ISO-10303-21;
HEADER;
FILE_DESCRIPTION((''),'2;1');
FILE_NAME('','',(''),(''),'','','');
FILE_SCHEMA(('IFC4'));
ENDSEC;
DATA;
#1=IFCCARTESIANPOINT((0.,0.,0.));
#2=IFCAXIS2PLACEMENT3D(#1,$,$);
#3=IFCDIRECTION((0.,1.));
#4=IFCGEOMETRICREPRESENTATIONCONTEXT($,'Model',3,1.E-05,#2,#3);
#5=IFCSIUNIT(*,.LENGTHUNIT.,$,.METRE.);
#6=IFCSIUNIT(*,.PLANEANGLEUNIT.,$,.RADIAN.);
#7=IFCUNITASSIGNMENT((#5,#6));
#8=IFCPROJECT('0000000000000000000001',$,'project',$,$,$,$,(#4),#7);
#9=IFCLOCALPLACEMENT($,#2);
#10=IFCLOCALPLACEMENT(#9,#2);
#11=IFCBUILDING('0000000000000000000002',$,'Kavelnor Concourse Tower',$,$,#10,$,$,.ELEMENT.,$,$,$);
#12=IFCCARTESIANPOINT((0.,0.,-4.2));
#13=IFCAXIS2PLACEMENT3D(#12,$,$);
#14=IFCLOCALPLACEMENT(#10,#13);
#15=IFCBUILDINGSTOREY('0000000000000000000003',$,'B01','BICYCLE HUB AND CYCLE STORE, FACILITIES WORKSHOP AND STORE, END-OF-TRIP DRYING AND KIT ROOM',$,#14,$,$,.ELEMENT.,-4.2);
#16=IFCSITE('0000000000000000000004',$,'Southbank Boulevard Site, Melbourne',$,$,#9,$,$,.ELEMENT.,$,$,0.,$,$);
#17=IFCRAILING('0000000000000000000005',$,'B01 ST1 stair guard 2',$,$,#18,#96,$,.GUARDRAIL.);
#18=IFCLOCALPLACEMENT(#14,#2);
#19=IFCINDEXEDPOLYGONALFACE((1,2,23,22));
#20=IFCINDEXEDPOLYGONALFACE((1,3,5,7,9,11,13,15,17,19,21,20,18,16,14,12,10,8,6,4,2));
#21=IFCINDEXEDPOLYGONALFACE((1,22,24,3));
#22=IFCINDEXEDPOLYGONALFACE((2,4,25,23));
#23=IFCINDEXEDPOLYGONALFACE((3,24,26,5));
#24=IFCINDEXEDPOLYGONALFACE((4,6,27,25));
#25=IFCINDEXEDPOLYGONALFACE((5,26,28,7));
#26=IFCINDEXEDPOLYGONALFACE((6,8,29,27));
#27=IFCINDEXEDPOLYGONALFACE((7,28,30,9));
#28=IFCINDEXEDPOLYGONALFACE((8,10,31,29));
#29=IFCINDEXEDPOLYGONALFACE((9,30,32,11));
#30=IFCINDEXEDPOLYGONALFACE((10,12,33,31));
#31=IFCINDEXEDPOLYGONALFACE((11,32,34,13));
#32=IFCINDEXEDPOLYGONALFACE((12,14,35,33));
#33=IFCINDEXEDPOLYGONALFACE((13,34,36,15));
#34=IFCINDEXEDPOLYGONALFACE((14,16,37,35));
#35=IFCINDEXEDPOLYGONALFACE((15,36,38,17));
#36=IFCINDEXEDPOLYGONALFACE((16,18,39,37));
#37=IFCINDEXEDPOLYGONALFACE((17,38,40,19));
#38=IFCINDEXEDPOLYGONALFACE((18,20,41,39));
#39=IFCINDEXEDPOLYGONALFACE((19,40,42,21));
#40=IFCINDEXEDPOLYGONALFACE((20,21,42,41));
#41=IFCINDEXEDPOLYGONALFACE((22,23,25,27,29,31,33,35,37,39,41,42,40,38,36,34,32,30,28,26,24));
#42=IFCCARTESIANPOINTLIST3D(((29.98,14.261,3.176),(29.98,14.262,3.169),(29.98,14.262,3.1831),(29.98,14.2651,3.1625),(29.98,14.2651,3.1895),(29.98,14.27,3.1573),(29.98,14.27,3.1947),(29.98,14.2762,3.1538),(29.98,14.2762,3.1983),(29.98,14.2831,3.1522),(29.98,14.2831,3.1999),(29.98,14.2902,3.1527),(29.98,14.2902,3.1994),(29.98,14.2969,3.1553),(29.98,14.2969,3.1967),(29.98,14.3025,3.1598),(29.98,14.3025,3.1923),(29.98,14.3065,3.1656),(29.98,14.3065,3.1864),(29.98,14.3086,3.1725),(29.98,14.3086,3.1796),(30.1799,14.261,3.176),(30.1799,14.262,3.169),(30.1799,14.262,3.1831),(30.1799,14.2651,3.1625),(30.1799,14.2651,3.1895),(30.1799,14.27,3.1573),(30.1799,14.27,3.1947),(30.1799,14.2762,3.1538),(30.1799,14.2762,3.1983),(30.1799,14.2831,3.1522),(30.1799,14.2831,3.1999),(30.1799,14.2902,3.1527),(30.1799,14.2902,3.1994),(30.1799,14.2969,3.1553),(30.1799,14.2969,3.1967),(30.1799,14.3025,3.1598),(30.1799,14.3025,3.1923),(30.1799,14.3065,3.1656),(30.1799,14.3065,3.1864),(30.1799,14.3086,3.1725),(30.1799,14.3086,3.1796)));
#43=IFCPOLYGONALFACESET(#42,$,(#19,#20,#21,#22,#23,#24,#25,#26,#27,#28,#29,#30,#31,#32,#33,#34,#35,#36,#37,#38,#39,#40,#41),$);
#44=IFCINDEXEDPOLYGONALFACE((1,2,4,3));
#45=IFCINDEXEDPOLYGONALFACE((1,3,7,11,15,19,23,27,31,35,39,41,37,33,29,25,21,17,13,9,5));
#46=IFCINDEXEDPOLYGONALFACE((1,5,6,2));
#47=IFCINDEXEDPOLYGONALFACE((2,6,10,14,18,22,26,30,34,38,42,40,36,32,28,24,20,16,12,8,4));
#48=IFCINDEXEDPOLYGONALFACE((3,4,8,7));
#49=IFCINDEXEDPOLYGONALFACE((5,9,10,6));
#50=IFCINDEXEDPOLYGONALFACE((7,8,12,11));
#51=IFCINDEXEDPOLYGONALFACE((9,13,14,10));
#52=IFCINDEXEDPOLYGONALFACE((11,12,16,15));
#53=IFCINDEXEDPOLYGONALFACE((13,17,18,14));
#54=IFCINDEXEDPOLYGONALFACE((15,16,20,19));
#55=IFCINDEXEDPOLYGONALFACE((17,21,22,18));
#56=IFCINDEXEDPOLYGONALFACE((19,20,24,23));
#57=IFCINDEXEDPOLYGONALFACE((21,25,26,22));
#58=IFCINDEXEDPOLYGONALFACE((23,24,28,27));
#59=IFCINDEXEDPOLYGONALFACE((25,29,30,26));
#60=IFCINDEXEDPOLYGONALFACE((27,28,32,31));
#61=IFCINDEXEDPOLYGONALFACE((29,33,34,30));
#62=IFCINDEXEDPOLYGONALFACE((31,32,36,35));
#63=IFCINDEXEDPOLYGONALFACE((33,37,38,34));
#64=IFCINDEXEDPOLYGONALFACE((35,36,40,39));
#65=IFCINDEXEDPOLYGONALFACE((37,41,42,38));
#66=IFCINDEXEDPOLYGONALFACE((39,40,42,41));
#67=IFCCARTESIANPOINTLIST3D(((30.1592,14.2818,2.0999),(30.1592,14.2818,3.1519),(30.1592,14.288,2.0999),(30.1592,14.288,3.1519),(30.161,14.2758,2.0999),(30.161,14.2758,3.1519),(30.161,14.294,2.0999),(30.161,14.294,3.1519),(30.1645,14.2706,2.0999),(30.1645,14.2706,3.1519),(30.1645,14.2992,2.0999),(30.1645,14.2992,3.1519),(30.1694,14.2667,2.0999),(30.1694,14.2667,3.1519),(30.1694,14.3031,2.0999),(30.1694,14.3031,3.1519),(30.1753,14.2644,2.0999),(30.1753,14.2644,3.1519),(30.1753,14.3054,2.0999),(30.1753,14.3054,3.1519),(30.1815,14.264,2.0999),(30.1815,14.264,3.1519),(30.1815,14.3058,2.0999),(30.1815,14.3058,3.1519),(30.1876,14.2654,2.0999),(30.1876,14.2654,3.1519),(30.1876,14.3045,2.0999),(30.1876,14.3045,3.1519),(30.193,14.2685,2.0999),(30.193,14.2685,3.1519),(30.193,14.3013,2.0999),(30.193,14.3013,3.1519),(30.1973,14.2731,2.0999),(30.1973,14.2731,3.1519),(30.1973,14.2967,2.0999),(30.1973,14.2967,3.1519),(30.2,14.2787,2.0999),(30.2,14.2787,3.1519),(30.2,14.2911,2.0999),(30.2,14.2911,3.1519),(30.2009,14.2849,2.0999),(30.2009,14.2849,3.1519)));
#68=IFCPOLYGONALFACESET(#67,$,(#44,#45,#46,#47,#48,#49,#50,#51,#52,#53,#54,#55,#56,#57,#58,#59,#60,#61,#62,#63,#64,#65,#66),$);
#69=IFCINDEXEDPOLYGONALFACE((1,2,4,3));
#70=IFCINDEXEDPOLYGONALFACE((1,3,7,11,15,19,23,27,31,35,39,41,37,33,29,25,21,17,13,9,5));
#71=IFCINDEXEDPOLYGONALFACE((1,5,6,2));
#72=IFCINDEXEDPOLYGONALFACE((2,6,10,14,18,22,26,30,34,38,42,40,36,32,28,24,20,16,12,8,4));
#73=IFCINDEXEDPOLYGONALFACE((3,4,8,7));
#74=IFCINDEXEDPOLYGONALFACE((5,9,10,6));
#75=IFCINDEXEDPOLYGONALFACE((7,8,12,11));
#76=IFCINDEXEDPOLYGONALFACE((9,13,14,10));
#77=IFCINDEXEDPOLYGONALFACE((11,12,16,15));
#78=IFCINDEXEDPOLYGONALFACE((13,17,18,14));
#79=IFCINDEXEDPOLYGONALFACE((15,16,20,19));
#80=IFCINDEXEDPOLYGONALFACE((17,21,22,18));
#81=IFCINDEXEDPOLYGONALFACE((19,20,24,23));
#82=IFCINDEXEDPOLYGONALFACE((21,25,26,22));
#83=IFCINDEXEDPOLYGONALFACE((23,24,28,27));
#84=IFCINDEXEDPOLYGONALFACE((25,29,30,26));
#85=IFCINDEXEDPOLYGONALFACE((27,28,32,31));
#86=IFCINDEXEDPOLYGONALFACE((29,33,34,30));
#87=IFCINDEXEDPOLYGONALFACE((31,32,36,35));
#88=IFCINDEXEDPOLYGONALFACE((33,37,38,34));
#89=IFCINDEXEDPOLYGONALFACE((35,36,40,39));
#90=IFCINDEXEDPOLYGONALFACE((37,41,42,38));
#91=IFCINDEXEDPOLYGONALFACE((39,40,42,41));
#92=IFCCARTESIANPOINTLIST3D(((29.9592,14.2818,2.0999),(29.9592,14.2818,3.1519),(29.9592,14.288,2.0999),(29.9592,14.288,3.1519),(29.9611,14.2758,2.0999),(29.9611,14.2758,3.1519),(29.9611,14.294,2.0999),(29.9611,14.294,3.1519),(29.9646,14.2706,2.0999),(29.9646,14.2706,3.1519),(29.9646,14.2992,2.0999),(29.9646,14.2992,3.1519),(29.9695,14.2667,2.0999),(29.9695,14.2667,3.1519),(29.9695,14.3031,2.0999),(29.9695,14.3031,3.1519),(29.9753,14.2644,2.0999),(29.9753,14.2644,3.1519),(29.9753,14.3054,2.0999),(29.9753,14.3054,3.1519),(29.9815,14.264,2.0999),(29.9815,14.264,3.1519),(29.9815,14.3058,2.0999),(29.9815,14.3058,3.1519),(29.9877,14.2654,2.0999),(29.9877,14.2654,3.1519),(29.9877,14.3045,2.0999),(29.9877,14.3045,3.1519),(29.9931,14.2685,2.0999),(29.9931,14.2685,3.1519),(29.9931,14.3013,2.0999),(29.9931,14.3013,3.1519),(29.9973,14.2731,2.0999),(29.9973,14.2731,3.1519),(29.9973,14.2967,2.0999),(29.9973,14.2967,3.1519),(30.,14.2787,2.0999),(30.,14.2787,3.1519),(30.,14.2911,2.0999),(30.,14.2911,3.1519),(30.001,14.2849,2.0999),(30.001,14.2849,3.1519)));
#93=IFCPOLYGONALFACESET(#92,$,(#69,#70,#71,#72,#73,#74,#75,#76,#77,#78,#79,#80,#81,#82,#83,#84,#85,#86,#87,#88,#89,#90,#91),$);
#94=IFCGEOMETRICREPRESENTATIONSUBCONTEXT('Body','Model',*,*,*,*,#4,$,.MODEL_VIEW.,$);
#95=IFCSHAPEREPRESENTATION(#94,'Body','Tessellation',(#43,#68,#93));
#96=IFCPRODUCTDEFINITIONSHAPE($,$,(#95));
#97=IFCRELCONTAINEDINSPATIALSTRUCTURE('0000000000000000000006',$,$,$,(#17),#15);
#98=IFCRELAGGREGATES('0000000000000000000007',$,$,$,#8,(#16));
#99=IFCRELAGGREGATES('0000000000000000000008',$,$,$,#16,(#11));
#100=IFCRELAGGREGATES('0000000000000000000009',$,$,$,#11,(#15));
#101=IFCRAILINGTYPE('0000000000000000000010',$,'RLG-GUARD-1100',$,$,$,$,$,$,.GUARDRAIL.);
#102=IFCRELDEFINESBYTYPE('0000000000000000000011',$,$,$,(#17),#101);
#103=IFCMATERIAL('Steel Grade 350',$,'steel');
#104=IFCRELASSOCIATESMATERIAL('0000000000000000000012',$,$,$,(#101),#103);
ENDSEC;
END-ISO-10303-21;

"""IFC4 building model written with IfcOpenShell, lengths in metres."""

from ifc_helpers import new_model, si_unit, direction, frame, origin, origin_2d, place, context, subcontext, project, spatial, circle, extrude, material, type_object, element, save


model = new_model("IFC4")

# Units and contexts
model_context = context("Model", 3, precision=1e-05, world=origin(), true_north=direction((0.0, 1.0)))
body_context = subcontext(model_context, "Body", "Model", "MODEL_VIEW")
ifc_project = project(units=[si_unit("LENGTHUNIT", "METRE"), si_unit("PLANEANGLEUNIT", "RADIAN")], contexts=[model_context])

# Site, building, storey
site_placement = place(None, origin())
site = spatial("IfcSite", under=ifc_project, at=site_placement, Name="Southbank Boulevard Site, Melbourne", CompositionType="ELEMENT", RefElevation=0.0)
building_placement = place(site_placement, origin())
building = spatial("IfcBuilding", under=site, at=building_placement, Name="Kavelnor Concourse Tower", CompositionType="ELEMENT")
storey_placement = place(building_placement, frame((0.0, 0.0, -4.2)))
storey = spatial("IfcBuildingStorey", under=building, at=storey_placement, Name="B01", Description="BICYCLE HUB AND CYCLE STORE, FACILITIES WORKSHOP AND STORE, END-OF-TRIP DRYING AND KIT ROOM", CompositionType="ELEMENT", Elevation=-4.2)

# Shared definitions
ifc_material_1 = material(Name="Steel Grade 350", Category="steel")

# Railing
railing_type_1 = type_object("IfcRailingType", Name="RLG-GUARD-1100", PredefinedType="GUARDRAIL", material=ifc_material_1)
railing_1_placement = place(storey_placement, frame((30.1799, 14.2849, 2.0999)))
element("IfcRailing", 1, at=railing_1_placement, inside=storey, type_object=railing_type_1, Name="B01 ST1 stair guard 2", PredefinedType="GUARDRAIL", context=body_context, shape_type="SweptSolid", body=[
    extrude(circle(Radius=0.0239, at=origin_2d()), frame((0.0, 0.0, 1.0762), z_axis=(-1.0, 0.0, 0.0), x_axis=(0.0, -1.0, 0.0)), (0.0, 0.0, 1.0), 0.2),
    extrude(circle(Radius=0.021, at=origin_2d()), origin(), (0.0, 0.0, 1.0), 1.052),
    extrude(circle(Radius=0.021, at=origin_2d()), frame((-0.2, 0.0, 0.0)), (0.0, 0.0, 1.0), 1.052),
])

save(model, "model.ifc")
